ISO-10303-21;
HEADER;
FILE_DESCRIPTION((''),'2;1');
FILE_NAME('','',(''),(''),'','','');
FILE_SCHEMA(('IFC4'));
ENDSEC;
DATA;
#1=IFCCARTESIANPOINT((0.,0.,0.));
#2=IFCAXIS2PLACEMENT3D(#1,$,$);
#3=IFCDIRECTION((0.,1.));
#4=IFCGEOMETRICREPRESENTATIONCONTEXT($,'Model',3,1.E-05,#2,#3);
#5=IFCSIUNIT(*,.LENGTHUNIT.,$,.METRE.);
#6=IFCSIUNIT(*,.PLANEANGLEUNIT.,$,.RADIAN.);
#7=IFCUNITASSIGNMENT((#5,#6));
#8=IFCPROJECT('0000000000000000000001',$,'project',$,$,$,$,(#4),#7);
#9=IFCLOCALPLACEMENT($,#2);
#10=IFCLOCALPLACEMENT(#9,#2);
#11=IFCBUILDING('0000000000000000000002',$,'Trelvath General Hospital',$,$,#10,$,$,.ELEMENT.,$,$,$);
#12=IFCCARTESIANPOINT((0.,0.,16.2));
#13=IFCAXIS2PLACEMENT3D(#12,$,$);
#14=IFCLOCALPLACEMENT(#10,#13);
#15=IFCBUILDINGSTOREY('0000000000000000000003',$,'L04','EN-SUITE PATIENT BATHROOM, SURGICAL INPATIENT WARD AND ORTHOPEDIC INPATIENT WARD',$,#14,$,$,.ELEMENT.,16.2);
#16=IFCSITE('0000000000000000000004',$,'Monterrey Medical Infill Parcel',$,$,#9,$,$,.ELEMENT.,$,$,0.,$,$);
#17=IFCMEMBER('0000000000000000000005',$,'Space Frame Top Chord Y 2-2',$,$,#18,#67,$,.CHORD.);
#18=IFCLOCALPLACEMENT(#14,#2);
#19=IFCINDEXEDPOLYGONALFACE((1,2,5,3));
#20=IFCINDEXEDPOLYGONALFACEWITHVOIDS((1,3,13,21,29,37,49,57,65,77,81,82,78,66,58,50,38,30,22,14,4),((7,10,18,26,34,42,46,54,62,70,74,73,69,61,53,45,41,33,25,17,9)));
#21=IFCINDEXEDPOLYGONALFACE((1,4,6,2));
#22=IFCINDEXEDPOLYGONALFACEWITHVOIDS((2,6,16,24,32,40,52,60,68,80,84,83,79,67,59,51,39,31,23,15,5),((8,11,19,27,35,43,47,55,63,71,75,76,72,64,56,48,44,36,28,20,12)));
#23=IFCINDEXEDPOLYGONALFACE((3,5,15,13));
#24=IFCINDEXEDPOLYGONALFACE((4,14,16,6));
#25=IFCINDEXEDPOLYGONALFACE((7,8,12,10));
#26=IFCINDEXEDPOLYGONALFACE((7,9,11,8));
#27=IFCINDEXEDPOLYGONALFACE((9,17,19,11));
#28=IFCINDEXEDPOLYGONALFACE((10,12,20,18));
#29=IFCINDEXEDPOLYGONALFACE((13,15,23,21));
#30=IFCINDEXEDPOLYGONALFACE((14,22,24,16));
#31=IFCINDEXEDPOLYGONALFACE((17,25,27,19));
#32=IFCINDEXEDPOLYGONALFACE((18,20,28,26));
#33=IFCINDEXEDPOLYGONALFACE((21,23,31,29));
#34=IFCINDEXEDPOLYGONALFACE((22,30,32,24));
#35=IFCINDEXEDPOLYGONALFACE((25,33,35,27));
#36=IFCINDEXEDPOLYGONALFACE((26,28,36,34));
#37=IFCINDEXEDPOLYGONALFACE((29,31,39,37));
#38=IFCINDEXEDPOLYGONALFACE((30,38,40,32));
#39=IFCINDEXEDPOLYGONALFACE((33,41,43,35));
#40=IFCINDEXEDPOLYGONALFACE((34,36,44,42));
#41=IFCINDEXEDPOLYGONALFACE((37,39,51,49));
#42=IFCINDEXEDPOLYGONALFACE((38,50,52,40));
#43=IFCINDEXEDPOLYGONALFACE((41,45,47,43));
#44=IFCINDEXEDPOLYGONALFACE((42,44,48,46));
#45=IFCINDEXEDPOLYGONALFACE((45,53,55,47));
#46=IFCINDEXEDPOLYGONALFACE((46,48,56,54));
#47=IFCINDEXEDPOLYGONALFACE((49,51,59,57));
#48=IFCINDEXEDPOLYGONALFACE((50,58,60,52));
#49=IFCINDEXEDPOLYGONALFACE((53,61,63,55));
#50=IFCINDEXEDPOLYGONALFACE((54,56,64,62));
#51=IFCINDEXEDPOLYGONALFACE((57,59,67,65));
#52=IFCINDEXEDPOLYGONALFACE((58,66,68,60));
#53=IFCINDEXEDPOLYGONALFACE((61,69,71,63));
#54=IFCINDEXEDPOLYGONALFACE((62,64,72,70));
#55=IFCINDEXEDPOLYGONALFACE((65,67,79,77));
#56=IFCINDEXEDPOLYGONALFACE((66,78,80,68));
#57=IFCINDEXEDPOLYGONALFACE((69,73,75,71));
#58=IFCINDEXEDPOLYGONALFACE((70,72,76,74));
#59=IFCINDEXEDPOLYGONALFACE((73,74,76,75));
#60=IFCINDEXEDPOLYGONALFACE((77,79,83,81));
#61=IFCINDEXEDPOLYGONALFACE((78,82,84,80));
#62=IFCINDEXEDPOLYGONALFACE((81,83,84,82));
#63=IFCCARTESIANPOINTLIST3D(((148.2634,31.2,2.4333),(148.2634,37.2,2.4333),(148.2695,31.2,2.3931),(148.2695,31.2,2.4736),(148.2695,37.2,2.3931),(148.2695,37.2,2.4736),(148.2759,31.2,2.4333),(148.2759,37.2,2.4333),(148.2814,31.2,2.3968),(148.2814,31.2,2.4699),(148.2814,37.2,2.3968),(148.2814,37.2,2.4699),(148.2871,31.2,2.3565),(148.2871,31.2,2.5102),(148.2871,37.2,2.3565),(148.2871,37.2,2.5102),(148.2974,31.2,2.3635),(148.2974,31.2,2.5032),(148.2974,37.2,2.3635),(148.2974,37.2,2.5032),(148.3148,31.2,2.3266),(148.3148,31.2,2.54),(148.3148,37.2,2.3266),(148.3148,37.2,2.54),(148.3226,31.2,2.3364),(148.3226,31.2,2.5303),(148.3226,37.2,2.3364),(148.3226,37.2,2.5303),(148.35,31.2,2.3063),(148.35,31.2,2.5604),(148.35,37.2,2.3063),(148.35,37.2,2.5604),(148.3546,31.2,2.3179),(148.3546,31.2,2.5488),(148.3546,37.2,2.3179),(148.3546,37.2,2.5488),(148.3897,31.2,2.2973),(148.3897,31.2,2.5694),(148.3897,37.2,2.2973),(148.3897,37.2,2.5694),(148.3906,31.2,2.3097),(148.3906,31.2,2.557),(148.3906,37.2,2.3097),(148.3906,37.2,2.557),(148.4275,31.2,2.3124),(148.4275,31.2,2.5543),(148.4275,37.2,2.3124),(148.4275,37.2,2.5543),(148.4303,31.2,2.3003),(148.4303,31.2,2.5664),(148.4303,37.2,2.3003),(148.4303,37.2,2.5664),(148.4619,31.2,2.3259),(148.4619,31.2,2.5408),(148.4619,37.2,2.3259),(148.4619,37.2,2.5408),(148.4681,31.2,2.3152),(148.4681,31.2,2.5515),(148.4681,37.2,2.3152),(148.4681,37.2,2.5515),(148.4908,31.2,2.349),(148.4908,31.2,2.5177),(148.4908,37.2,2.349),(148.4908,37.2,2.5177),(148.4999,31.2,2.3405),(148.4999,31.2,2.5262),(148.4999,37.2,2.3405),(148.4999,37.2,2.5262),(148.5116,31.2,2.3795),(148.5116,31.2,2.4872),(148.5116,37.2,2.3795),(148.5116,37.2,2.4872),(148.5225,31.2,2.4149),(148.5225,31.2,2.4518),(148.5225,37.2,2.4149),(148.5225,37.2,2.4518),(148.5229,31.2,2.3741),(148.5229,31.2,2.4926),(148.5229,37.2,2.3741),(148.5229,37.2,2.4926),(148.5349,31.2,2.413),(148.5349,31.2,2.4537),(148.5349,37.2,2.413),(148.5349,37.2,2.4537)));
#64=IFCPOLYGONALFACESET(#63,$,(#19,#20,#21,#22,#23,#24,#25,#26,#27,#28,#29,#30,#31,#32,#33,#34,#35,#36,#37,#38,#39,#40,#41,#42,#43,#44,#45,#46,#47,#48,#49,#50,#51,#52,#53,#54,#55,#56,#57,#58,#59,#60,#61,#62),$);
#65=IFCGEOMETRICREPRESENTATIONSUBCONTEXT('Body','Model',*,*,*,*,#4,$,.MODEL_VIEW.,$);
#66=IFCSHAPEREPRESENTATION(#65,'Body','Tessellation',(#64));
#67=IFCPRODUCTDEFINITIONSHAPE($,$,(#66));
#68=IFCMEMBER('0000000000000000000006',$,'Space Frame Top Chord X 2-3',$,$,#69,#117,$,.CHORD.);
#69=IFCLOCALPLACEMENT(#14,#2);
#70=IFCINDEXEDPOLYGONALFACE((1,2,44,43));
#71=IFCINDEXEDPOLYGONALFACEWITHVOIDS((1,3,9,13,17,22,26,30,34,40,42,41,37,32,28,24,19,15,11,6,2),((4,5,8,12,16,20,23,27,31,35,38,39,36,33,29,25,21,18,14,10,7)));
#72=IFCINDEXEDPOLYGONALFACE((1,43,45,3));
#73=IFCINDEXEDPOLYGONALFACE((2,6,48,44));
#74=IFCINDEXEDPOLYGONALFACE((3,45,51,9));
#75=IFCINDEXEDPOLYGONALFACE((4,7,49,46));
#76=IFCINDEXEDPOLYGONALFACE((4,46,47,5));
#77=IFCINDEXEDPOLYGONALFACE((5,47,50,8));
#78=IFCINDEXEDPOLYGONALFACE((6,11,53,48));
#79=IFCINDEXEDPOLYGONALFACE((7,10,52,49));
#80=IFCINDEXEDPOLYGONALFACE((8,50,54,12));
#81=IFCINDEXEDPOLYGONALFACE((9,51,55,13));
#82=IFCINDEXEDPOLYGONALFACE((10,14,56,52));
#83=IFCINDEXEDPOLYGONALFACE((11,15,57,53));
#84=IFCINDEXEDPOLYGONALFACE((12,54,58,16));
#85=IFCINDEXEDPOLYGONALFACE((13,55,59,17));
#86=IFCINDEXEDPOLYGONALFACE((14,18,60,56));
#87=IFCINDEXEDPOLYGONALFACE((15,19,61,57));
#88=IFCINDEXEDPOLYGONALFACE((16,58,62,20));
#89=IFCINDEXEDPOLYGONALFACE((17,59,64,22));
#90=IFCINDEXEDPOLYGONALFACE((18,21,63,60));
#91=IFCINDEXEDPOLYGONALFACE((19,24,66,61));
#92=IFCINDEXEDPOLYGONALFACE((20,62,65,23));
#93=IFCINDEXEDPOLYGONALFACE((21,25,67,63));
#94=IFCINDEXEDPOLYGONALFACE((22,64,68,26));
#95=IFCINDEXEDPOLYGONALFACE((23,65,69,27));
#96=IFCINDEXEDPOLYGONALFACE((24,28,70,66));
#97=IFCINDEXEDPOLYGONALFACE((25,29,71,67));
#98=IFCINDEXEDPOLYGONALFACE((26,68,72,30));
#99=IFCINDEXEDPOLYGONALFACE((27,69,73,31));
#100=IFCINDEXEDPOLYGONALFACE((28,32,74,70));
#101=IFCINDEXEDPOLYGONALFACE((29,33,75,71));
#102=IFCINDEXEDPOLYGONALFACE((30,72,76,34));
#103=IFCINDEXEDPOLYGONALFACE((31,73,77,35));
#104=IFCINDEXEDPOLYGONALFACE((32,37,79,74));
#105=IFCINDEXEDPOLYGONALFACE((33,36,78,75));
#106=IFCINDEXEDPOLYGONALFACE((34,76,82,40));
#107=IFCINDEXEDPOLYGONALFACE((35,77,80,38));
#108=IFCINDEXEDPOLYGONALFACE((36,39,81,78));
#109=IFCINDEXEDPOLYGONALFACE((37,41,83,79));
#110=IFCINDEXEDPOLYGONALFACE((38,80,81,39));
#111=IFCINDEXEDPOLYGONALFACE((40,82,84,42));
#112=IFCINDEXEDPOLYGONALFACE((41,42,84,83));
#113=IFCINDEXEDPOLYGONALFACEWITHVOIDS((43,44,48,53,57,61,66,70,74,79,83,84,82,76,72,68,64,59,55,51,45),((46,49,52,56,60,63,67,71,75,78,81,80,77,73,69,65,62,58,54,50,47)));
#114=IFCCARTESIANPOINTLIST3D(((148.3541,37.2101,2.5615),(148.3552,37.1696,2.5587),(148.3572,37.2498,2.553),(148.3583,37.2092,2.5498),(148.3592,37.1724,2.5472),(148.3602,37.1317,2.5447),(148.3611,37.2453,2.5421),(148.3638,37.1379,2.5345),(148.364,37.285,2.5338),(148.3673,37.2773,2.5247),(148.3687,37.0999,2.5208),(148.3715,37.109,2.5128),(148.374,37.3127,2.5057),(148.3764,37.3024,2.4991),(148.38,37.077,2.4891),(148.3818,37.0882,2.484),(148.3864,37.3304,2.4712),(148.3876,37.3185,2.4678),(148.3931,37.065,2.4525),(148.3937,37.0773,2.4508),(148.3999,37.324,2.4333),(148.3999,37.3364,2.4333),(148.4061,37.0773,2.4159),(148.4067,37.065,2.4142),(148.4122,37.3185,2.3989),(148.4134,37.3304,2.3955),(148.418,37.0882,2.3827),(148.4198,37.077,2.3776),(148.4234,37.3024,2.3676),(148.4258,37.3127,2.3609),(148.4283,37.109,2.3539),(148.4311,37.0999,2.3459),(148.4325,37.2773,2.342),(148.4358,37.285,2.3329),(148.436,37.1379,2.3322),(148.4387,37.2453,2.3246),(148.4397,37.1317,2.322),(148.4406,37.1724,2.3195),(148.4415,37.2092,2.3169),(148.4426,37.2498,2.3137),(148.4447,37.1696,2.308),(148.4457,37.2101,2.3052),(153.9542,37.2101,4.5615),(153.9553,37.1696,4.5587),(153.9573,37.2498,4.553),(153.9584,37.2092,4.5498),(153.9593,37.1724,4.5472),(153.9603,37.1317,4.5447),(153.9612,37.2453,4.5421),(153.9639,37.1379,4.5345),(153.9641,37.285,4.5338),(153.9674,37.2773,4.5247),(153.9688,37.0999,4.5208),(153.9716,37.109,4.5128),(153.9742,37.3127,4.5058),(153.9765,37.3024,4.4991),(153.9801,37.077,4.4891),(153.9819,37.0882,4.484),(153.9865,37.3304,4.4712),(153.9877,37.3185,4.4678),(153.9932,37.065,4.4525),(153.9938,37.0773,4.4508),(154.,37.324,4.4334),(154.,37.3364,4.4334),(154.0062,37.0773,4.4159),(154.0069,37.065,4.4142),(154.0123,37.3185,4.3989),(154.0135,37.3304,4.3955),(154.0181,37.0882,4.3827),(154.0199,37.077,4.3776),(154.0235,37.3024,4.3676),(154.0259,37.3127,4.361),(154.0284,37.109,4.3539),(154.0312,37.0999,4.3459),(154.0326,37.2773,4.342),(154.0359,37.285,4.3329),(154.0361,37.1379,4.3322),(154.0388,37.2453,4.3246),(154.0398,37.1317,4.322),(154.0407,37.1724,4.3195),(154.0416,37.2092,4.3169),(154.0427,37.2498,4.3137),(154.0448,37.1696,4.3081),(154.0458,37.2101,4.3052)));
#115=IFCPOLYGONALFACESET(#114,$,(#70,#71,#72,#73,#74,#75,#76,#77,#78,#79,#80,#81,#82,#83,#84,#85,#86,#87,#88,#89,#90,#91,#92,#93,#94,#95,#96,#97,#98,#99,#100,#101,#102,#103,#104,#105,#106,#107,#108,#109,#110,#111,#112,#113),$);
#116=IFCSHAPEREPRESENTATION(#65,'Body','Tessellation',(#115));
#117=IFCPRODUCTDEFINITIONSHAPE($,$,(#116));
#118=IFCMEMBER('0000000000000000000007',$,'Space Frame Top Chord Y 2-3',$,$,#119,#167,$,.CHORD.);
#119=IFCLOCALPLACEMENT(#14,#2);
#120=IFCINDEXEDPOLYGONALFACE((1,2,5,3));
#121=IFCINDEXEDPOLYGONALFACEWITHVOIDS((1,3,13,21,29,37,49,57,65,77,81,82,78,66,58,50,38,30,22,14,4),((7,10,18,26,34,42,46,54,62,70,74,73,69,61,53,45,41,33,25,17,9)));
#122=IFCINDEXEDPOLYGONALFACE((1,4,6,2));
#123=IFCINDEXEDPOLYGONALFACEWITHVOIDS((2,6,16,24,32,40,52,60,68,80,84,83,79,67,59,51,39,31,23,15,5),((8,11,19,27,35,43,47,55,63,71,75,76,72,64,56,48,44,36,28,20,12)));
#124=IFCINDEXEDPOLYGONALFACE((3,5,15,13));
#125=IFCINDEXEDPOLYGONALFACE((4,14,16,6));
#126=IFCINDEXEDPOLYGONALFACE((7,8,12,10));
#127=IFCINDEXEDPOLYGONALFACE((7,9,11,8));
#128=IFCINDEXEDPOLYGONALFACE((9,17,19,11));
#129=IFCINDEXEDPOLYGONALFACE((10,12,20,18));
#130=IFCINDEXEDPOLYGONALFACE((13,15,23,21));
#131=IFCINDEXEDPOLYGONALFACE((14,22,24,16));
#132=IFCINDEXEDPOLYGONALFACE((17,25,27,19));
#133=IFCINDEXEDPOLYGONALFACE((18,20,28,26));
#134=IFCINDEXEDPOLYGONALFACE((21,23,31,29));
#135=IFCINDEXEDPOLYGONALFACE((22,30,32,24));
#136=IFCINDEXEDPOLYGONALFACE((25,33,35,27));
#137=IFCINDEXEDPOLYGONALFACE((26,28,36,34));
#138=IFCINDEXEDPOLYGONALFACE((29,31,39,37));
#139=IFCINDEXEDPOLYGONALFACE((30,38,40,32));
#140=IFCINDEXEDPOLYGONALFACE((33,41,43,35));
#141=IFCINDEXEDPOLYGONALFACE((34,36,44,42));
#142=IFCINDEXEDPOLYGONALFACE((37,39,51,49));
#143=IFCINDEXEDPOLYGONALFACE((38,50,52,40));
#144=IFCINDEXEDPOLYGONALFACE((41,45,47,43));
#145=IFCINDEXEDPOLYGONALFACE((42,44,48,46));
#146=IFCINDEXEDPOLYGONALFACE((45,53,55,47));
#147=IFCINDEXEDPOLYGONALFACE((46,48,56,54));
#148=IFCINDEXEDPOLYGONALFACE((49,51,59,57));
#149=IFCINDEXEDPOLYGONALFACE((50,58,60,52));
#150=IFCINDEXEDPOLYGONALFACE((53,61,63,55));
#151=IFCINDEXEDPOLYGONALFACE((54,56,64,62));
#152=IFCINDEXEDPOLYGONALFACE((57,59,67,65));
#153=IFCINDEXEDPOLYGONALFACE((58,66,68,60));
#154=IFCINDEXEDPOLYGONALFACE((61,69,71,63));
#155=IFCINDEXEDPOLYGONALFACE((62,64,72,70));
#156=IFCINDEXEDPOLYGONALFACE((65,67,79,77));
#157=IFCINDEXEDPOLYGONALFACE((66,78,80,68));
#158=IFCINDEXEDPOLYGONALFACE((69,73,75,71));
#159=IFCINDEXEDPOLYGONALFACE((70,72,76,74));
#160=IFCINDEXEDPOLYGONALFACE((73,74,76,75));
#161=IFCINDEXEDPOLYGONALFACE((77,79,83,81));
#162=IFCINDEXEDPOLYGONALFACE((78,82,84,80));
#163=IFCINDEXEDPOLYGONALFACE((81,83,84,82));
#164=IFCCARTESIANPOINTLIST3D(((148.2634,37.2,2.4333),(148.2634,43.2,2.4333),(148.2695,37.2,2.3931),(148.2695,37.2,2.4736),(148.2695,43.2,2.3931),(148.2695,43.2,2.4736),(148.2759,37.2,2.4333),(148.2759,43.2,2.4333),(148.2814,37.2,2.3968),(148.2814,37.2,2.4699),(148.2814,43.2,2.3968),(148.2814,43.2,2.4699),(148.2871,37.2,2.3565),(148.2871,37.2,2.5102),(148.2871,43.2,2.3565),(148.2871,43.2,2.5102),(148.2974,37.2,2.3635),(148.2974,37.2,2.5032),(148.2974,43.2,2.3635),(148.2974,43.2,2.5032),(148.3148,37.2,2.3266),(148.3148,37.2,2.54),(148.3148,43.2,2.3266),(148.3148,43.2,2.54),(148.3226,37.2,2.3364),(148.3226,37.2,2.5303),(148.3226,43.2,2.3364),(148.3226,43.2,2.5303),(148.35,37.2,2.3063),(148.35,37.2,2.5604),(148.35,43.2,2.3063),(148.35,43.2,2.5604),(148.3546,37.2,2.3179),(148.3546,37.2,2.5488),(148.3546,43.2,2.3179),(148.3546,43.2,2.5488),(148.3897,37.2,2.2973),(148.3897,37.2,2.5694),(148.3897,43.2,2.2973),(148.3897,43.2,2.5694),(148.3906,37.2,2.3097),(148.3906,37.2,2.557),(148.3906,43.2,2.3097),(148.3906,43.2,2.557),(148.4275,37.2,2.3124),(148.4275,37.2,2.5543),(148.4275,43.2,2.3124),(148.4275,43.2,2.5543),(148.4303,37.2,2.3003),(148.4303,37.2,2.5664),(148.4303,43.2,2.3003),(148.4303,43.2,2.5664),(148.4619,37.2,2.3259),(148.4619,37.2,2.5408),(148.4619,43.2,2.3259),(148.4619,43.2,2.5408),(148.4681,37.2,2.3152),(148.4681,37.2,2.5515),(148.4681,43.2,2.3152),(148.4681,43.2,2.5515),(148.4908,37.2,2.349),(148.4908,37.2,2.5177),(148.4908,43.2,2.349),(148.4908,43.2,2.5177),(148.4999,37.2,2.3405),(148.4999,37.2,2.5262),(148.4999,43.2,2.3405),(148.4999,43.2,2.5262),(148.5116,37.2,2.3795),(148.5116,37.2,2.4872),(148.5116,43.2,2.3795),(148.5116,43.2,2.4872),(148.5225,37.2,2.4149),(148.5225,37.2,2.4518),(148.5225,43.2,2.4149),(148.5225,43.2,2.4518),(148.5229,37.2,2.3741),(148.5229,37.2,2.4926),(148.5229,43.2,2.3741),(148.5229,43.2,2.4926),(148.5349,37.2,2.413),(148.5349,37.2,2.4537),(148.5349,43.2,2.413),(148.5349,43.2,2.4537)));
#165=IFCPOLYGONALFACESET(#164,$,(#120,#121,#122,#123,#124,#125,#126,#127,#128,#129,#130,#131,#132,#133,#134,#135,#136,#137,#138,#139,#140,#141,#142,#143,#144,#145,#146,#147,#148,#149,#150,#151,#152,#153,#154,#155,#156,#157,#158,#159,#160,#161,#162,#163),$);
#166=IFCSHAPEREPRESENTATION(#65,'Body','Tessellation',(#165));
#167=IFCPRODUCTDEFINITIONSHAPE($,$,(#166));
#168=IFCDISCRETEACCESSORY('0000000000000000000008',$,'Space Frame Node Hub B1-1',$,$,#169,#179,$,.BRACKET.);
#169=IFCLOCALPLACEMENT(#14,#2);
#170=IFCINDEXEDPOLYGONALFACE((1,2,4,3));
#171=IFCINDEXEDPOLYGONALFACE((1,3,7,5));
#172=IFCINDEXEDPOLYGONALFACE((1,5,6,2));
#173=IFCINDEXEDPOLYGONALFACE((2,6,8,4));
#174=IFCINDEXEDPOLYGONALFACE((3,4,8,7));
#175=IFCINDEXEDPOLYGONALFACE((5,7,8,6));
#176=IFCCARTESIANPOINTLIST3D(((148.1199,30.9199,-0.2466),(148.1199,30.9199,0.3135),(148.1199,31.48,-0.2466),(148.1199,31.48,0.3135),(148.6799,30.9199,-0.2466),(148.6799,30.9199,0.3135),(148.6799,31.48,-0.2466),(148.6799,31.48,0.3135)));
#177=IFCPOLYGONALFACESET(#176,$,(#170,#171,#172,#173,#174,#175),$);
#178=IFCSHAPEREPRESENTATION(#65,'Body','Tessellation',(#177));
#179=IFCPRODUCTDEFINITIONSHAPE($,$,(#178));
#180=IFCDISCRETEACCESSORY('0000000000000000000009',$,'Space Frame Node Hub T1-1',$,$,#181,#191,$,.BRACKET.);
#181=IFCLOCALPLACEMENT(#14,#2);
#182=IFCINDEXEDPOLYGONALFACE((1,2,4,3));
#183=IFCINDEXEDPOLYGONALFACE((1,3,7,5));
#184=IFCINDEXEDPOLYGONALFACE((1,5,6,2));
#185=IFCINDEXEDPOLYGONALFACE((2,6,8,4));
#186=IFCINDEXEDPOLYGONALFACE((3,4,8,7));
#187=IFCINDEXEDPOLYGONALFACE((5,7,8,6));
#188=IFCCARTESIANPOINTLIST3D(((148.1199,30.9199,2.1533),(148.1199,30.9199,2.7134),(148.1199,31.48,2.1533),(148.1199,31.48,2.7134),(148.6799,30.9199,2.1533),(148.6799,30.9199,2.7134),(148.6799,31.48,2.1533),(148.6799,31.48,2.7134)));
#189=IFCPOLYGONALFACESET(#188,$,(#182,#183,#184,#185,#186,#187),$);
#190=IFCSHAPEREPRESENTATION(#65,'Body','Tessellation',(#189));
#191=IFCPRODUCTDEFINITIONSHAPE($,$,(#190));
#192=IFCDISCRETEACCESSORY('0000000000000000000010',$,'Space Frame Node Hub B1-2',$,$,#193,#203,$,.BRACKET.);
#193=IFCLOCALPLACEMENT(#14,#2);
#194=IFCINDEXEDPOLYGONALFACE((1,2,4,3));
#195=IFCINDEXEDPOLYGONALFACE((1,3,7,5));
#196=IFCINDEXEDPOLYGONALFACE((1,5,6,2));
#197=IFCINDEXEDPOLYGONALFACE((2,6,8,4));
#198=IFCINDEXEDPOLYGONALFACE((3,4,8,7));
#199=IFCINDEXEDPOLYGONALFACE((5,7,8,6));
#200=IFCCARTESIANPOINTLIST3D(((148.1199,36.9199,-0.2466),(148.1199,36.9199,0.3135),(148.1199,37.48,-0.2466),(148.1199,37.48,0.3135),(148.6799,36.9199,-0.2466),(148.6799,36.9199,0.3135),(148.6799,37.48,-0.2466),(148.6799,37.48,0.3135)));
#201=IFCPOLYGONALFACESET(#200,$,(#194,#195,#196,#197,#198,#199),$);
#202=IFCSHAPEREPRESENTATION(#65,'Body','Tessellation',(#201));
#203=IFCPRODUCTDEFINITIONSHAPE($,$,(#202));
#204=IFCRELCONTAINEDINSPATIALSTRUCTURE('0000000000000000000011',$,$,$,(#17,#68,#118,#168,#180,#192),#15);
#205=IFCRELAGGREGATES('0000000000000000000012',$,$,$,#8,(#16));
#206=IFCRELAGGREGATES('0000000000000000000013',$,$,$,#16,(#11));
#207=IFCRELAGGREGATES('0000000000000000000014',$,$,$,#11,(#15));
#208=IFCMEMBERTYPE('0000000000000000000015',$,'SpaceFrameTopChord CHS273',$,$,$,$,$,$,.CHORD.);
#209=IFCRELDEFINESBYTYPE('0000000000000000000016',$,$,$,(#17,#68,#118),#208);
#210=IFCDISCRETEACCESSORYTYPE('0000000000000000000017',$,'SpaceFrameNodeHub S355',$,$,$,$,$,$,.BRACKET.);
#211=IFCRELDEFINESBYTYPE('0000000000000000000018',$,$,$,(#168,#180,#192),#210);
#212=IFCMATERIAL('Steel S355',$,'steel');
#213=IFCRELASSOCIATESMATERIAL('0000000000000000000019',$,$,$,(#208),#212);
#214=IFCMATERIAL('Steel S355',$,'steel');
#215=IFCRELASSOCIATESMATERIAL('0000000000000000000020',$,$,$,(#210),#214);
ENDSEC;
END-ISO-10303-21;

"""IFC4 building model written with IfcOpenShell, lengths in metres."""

from ifc_helpers import new_model, si_unit, direction, frame, origin, origin_2d, place, context, subcontext, project, spatial, rectangle, hollow_circle, extrude, material, material_profile, profile_set, type_object, element, save


model = new_model("IFC4")

# Units and contexts
model_context = context("Model", 3, precision=1e-05, world=origin(), true_north=direction((0.0, 1.0)))
body_context = subcontext(model_context, "Body", "Model", "MODEL_VIEW")
ifc_project = project(units=[si_unit("LENGTHUNIT", "METRE"), si_unit("PLANEANGLEUNIT", "RADIAN")], contexts=[model_context])

# Site, building, storey
site_placement = place(None, origin())
site = spatial("IfcSite", under=ifc_project, at=site_placement, Name="Monterrey Medical Infill Parcel", CompositionType="ELEMENT", RefElevation=0.0)
building_placement = place(site_placement, origin())
building = spatial("IfcBuilding", under=site, at=building_placement, Name="Trelvath General Hospital", CompositionType="ELEMENT")
storey_placement = place(building_placement, frame((0.0, 0.0, 16.2)))
storey = spatial("IfcBuildingStorey", under=building, at=storey_placement, Name="L04", Description="EN-SUITE PATIENT BATHROOM, SURGICAL INPATIENT WARD AND ORTHOPEDIC INPATIENT WARD", CompositionType="ELEMENT", Elevation=16.2)

# Members
ifc_material_1 = material(Name="Steel S355", Category="steel")
ifc_material_profile_1 = material_profile(ifc_material_1, hollow_circle(Radius=0.1365, WallThickness=0.0125, at=origin_2d()), Name="CHS273.0x12.5")
ifc_profile_set_1 = profile_set([ifc_material_profile_1], Name="Steel S355")
member_type_1 = type_object("IfcMemberType", Name="SpaceFrameTopChord CHS273", PredefinedType="CHORD", material=ifc_profile_set_1)
member_1_placement = place(storey_placement, frame((148.3999, 31.2, 2.4333), z_axis=(0.0, 1.0, 0.0), x_axis=(-1.0, 0.0, 0.0)))
element("IfcMember", 1, at=member_1_placement, inside=storey, type_object=member_type_1, Name="Space Frame Top Chord Y 2-2", PredefinedType="CHORD", context=body_context, shape_type="SweptSolid", body=[
    extrude(hollow_circle(Radius=0.1365, WallThickness=0.0125, at=origin_2d()), origin(), (0.0, 0.0, 1.0), 6.0),
])
member_2_placement = place(storey_placement, frame((148.3999, 37.2, 2.4333), z_axis=(0.941744, 0.0, 0.336331), x_axis=(0.0, 1.0, 0.0)))
element("IfcMember", 2, at=member_2_placement, inside=storey, type_object=member_type_1, Name="Space Frame Top Chord X 2-3", PredefinedType="CHORD", context=body_context, shape_type="SweptSolid", body=[
    extrude(hollow_circle(Radius=0.1365, WallThickness=0.0125, at=origin_2d()), origin(), (0.0, 0.0, 1.0), 5.9465),
])
member_3_placement = place(storey_placement, frame((148.3999, 37.2, 2.4333), z_axis=(0.0, 1.0, 0.0), x_axis=(-1.0, 0.0, 0.0)))
element("IfcMember", 3, at=member_3_placement, inside=storey, type_object=member_type_1, Name="Space Frame Top Chord Y 2-3", PredefinedType="CHORD", context=body_context, shape_type="SweptSolid", body=[
    extrude(hollow_circle(Radius=0.1365, WallThickness=0.0125, at=origin_2d()), origin(), (0.0, 0.0, 1.0), 6.0),
])

# Discrete accessories
ifc_material_2 = material(Name="Steel S355", Category="steel")
discrete_accessory_type = type_object("IfcDiscreteAccessoryType", Name="SpaceFrameNodeHub S355", PredefinedType="BRACKET", material=ifc_material_2)
for number, where, z_axis, x_axis, name in (
    (4, (148.3999, 31.2, -0.2466), (0.0, 0.0, 1.0), (1.0, 0.0, 0.0), "Space Frame Node Hub B1-1"),
    (5, (148.3999, 31.2, 2.1533), (0.0, 0.0, 1.0), (1.0, 0.0, 0.0), "Space Frame Node Hub T1-1"),
    (6, (148.3999, 37.2, -0.2466), (0.0, 0.0, 1.0), (1.0, 0.0, 0.0), "Space Frame Node Hub B1-2"),
):
    element("IfcDiscreteAccessory", number, at=place(storey_placement, frame(where, z_axis=z_axis, x_axis=x_axis)), inside=storey, type_object=discrete_accessory_type, Name=name, PredefinedType="BRACKET", context=body_context, shape_type="SweptSolid", body=[
        extrude(rectangle(XDim=0.5601, YDim=0.5601, at=origin_2d()), origin(), (0.0, 0.0, 1.0), 0.5601),
    ])

save(model, "model.ifc")
